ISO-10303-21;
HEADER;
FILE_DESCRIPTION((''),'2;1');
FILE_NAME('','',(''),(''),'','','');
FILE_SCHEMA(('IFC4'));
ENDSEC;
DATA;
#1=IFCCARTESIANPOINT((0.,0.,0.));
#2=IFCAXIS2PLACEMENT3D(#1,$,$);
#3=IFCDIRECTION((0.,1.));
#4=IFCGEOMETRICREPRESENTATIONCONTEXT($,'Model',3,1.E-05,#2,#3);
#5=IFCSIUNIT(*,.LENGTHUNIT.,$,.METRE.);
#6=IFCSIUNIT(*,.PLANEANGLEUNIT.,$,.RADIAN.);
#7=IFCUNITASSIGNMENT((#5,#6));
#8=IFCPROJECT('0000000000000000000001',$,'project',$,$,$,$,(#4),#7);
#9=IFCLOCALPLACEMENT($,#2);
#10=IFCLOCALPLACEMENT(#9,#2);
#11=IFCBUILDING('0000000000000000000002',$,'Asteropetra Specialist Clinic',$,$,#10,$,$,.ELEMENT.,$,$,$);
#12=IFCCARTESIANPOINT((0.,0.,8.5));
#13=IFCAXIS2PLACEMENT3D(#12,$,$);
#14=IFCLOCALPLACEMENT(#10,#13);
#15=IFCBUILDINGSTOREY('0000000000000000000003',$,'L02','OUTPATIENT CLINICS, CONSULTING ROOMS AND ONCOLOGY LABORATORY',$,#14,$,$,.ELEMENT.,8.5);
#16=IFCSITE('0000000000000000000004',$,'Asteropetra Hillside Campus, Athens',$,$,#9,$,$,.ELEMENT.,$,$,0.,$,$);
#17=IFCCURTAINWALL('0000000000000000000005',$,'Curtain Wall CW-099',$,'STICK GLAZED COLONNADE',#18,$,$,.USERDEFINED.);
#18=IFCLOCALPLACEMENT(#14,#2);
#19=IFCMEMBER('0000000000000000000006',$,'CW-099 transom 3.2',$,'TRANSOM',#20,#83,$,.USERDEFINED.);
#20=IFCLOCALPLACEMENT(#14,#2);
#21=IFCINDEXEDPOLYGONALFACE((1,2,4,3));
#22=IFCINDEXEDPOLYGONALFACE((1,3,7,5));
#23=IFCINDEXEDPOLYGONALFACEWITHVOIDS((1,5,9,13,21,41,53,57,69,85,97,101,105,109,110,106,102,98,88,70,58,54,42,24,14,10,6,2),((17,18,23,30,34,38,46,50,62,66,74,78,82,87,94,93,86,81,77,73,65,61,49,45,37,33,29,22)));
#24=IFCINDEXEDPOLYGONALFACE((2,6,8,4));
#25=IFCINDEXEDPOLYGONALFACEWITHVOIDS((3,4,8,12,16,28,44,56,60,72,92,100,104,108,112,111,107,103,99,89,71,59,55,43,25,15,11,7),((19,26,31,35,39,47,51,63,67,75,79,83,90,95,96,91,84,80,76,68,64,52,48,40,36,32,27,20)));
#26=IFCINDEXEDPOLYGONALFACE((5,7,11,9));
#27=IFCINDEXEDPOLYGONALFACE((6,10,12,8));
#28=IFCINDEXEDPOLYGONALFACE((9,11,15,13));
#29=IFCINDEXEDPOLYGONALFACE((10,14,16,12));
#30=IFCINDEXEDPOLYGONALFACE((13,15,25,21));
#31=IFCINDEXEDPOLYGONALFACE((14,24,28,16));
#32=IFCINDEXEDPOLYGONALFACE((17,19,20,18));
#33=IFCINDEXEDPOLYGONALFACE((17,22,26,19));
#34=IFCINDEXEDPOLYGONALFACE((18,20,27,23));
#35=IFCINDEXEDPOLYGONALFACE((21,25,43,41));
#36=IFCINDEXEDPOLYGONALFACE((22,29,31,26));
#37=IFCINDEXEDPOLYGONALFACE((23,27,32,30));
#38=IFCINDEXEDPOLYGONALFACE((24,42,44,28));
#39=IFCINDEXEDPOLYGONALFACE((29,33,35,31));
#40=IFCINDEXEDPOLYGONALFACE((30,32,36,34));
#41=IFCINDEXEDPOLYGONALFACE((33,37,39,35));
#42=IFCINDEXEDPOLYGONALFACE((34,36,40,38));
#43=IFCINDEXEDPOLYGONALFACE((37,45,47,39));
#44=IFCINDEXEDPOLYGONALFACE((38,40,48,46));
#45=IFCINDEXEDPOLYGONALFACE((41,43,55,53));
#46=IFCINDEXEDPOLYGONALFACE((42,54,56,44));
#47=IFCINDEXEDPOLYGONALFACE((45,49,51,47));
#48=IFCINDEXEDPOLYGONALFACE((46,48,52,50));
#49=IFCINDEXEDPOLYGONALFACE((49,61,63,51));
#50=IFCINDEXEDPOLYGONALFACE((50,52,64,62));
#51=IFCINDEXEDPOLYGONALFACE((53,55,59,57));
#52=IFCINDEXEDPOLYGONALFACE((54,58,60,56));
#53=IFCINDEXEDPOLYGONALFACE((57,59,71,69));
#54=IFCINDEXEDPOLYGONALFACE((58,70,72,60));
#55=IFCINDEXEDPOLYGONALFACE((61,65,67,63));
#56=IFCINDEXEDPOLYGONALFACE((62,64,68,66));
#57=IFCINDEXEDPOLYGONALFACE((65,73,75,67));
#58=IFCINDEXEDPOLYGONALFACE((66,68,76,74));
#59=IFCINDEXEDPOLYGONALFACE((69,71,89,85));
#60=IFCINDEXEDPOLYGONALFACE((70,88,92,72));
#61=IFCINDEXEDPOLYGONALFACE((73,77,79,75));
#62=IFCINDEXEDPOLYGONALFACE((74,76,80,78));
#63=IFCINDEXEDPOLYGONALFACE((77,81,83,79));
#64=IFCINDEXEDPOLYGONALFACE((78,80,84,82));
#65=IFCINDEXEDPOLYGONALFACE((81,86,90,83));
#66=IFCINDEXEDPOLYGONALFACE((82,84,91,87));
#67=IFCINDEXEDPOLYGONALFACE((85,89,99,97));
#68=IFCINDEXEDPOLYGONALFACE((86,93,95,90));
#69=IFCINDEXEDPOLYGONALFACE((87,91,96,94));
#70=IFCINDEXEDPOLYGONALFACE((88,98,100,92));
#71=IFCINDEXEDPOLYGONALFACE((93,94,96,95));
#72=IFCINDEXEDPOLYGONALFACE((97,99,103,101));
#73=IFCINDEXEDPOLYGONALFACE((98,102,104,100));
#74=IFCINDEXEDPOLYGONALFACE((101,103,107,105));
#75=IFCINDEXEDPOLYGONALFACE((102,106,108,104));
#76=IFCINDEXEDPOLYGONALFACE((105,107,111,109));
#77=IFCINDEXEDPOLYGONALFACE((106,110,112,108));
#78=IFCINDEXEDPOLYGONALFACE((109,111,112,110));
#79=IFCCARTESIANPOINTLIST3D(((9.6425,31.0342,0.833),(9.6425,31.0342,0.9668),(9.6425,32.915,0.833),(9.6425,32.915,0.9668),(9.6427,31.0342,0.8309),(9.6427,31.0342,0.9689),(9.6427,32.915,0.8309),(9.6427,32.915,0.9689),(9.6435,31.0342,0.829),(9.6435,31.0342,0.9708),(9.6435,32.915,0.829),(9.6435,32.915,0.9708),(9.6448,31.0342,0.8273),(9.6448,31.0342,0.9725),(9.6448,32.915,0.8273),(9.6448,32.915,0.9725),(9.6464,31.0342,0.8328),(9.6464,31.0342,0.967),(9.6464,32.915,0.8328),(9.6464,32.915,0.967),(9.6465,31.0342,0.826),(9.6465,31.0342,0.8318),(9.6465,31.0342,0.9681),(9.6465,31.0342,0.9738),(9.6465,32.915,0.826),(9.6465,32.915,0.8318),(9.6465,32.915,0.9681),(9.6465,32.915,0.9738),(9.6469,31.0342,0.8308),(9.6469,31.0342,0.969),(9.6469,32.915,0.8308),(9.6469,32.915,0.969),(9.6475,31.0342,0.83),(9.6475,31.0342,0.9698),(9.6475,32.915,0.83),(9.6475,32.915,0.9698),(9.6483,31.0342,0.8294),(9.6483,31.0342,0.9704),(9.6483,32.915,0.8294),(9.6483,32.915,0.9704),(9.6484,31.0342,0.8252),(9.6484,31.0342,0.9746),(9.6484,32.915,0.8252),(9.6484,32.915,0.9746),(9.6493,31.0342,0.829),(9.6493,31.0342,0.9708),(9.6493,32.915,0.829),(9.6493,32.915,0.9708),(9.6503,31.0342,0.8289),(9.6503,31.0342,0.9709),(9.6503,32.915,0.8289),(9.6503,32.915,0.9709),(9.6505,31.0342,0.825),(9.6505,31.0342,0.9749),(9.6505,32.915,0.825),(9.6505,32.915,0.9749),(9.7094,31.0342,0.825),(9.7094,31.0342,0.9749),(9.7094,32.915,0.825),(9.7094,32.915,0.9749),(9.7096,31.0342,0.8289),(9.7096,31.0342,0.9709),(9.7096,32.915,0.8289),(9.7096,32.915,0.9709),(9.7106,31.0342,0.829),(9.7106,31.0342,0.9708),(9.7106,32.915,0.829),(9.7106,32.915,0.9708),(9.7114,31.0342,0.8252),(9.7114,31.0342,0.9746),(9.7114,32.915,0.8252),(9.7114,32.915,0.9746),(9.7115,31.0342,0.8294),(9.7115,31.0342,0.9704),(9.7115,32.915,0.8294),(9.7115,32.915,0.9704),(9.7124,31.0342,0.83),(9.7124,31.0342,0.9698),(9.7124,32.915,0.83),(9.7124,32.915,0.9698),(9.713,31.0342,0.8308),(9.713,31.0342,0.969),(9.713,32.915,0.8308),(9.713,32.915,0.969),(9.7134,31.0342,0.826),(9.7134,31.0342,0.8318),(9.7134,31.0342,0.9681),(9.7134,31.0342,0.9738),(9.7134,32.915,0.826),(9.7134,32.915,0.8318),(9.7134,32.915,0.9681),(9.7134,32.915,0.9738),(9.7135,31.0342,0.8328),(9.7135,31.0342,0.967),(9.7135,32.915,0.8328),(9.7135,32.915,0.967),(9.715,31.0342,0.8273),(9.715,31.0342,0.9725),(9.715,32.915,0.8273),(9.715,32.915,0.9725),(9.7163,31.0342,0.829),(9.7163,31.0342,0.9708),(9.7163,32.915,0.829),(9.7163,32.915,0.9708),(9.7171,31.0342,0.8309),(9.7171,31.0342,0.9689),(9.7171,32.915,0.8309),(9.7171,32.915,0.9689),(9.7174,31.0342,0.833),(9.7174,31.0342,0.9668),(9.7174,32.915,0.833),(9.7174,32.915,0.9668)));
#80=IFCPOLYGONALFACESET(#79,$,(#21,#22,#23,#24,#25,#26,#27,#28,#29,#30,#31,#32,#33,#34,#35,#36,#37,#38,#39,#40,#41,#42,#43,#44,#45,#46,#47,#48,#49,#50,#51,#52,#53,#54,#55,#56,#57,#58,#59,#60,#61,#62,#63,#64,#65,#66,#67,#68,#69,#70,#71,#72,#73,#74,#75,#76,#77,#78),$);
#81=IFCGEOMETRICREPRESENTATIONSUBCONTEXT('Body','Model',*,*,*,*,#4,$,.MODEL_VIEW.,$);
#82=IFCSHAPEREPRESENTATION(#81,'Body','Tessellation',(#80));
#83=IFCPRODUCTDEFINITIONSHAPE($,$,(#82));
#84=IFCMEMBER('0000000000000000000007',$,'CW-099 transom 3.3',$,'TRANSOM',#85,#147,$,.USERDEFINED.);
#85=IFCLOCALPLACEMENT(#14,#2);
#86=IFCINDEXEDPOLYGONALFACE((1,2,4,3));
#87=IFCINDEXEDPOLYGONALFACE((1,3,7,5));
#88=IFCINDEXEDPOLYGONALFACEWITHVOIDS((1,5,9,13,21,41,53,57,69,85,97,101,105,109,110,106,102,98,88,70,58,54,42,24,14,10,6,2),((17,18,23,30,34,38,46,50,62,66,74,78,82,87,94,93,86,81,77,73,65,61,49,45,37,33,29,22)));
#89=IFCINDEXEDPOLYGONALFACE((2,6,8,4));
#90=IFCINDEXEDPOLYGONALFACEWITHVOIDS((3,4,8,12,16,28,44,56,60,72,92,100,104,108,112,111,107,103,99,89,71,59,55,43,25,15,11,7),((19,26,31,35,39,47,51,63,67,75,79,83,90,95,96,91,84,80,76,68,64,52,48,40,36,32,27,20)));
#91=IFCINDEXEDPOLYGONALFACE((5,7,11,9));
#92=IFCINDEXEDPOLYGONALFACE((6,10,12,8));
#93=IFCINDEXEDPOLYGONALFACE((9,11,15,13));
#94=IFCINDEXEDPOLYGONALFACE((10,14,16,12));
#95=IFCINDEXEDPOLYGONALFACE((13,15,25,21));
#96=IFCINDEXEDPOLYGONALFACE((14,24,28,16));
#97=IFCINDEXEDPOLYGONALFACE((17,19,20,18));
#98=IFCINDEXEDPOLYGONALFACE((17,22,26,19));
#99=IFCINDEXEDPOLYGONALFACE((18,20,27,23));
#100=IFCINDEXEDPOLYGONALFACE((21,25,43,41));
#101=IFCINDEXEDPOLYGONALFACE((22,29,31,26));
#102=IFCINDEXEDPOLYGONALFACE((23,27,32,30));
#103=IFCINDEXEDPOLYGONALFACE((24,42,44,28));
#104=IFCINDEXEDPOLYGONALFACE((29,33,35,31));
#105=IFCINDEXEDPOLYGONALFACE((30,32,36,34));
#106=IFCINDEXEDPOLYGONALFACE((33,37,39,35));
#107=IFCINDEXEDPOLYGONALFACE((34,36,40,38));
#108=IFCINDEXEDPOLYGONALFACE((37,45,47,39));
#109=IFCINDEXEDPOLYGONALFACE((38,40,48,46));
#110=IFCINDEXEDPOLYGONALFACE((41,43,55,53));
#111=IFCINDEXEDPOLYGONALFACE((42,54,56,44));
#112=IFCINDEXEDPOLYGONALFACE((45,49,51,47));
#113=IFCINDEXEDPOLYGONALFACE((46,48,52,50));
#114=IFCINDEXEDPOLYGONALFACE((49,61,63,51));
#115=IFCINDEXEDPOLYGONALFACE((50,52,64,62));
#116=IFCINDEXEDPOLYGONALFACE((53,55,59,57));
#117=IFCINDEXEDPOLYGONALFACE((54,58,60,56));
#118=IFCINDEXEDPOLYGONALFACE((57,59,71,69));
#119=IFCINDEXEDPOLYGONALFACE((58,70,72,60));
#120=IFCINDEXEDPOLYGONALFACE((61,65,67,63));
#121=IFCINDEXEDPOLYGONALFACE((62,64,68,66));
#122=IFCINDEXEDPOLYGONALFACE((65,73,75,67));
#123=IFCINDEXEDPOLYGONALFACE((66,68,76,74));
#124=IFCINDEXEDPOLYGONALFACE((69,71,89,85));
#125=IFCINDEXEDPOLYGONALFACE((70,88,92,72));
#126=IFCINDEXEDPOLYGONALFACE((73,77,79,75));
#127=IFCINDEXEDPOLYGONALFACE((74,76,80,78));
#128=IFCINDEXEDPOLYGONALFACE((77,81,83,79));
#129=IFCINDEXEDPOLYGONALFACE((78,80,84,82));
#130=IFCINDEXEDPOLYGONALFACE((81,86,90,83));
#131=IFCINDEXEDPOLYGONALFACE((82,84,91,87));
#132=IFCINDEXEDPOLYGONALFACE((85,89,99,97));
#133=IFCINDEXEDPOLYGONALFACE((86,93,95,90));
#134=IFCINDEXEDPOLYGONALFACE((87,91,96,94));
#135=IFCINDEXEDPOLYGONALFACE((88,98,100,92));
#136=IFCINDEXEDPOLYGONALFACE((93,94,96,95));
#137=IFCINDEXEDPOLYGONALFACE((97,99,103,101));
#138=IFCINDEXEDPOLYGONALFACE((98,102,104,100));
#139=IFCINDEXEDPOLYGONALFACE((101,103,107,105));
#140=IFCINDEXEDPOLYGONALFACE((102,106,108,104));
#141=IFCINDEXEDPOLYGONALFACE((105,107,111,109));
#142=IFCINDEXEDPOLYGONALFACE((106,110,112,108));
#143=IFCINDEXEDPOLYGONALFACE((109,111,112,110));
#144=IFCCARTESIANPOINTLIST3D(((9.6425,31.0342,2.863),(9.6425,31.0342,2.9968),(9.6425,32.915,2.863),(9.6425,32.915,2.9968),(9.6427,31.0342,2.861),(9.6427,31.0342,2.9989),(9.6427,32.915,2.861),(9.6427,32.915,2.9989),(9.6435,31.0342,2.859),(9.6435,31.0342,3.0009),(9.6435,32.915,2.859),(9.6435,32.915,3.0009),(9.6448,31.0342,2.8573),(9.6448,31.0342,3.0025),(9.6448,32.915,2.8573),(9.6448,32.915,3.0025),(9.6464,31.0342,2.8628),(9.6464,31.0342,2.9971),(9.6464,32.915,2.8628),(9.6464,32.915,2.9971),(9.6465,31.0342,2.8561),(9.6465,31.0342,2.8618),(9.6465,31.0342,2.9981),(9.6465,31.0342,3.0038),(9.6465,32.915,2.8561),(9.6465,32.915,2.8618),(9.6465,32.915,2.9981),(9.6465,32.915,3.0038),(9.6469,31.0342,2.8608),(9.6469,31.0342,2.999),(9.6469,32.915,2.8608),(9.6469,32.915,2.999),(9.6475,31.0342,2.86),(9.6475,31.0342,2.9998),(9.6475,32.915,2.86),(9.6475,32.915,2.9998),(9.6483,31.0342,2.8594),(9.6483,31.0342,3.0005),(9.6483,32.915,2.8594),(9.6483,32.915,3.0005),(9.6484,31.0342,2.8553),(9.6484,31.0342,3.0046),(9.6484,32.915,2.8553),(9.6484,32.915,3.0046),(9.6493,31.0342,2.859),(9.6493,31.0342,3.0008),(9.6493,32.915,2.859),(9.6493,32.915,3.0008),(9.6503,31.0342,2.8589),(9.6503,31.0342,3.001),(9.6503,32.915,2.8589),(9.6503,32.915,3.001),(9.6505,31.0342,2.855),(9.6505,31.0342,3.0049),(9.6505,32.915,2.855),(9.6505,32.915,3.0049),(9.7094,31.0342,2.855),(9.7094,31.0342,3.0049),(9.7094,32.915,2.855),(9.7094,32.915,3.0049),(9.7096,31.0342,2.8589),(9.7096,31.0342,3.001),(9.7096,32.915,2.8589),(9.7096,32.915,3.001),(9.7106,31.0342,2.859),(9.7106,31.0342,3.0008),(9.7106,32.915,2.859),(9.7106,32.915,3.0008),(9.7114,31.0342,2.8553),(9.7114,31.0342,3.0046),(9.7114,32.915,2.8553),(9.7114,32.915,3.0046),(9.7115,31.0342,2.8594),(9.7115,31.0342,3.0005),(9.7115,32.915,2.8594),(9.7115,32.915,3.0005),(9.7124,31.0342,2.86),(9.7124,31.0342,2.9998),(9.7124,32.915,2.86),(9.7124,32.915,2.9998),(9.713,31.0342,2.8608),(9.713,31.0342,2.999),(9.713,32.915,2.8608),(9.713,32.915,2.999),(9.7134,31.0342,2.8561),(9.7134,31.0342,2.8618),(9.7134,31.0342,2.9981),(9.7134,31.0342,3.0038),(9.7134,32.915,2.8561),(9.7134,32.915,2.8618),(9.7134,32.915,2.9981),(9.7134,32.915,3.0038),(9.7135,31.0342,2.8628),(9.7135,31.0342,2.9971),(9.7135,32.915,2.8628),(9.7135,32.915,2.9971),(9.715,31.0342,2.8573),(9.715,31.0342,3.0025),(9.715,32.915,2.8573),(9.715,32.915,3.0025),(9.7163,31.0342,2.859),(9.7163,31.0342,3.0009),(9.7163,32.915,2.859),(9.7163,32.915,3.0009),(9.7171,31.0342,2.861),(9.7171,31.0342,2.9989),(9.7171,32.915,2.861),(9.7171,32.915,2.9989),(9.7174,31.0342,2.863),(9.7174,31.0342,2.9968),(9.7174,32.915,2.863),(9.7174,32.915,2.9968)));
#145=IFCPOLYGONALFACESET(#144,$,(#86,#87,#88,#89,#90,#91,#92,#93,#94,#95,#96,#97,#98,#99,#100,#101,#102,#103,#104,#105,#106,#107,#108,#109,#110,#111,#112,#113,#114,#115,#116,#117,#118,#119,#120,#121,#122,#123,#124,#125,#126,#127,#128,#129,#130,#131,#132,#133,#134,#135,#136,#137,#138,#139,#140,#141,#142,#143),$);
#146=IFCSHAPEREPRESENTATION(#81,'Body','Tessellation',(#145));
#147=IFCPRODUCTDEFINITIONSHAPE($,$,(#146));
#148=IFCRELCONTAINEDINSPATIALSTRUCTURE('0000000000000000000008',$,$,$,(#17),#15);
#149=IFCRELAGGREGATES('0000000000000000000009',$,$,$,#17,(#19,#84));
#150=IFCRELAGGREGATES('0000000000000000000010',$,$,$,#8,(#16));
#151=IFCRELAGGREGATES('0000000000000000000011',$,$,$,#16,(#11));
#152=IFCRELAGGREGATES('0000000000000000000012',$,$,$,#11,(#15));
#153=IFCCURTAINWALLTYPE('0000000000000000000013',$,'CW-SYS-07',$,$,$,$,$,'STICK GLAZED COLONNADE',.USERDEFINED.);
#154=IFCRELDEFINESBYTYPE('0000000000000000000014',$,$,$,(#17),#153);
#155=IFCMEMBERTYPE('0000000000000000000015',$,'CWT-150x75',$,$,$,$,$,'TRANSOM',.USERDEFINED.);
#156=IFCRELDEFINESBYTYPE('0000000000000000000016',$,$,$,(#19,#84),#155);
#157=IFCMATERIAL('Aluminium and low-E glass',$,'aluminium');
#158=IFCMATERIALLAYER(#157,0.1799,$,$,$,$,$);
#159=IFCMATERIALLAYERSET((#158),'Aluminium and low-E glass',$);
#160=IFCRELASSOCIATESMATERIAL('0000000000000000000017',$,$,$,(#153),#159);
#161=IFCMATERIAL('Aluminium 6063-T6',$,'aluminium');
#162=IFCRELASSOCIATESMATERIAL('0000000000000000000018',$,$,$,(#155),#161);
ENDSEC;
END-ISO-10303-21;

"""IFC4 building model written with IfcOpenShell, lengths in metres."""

from ifc_helpers import new_model, si_unit, direction, frame, origin, origin_2d, place, context, subcontext, project, spatial, hollow_rectangle, extrude, material, layer, layer_set, material_profile, profile_set, type_object, element, aggregate, save


model = new_model("IFC4")

# Units and contexts
model_context = context("Model", 3, precision=1e-05, world=origin(), true_north=direction((0.0, 1.0)))
body_context = subcontext(model_context, "Body", "Model", "MODEL_VIEW")
ifc_project = project(units=[si_unit("LENGTHUNIT", "METRE"), si_unit("PLANEANGLEUNIT", "RADIAN")], contexts=[model_context])

# Site, building, storey
site_placement = place(None, origin())
site = spatial("IfcSite", under=ifc_project, at=site_placement, Name="Asteropetra Hillside Campus, Athens", CompositionType="ELEMENT", RefElevation=0.0)
building_placement = place(site_placement, origin())
building = spatial("IfcBuilding", under=site, at=building_placement, Name="Asteropetra Specialist Clinic", CompositionType="ELEMENT")
storey_placement = place(building_placement, frame((0.0, 0.0, 8.5)))
storey = spatial("IfcBuildingStorey", under=building, at=storey_placement, Name="L02", Description="OUTPATIENT CLINICS, CONSULTING ROOMS AND ONCOLOGY LABORATORY", CompositionType="ELEMENT", Elevation=8.5)

# Curtain wall, members
ifc_material_1 = material(Name="Aluminium and low-E glass", Category="aluminium")
ifc_layer_1 = layer(ifc_material_1, 0.1799)
ifc_layer_set_1 = layer_set([ifc_layer_1], Name="Aluminium and low-E glass")
curtain_wall_type = type_object("IfcCurtainWallType", Name="CW-SYS-07", ElementType="STICK GLAZED COLONNADE", PredefinedType="USERDEFINED", material=ifc_layer_set_1)
curtain_wall_placement = place(storey_placement, origin())
curtain_wall = element("IfcCurtainWall", 1, at=curtain_wall_placement, inside=storey, type_object=curtain_wall_type, Name="Curtain Wall CW-099", ObjectType="STICK GLAZED COLONNADE", PredefinedType="USERDEFINED")
ifc_material_2 = material(Name="Aluminium 6063-T6", Category="aluminium")
ifc_material_profile_1 = material_profile(ifc_material_2, hollow_rectangle(XDim=0.075, YDim=0.1499, WallThickness=0.0039, InnerFilletRadius=0.0039, OuterFilletRadius=0.0081, at=origin_2d()), Name="TRN 150x75x4.0")
ifc_profile_set_1 = profile_set([ifc_material_profile_1], Name="Aluminium 6063-T6")
member_type_1 = type_object("IfcMemberType", Name="CWT-150x75", ElementType="TRANSOM", PredefinedType="USERDEFINED", material=ifc_profile_set_1)
member_1_placement = place(storey_placement, frame((9.6799, 31.0342, 0.8999), z_axis=(0.0, 1.0, 0.0), x_axis=(-1.0, 0.0, 0.0)))
member_1 = element("IfcMember", 2, at=member_1_placement, type_object=member_type_1, Name="CW-099 transom 3.2", ObjectType="TRANSOM", PredefinedType="USERDEFINED", context=body_context, shape_type="SweptSolid", body=[
    extrude(hollow_rectangle(XDim=0.075, YDim=0.1499, WallThickness=0.0039, InnerFilletRadius=0.0039, OuterFilletRadius=0.0081, at=origin_2d()), origin(), (0.0, 0.0, 1.0), 1.8809),
])
member_2_placement = place(storey_placement, frame((9.6799, 31.0342, 2.9299), z_axis=(0.0, 1.0, 0.0), x_axis=(-1.0, 0.0, 0.0)))
member_2 = element("IfcMember", 3, at=member_2_placement, type_object=member_type_1, Name="CW-099 transom 3.3", ObjectType="TRANSOM", PredefinedType="USERDEFINED", context=body_context, shape_type="SweptSolid", body=[
    extrude(hollow_rectangle(XDim=0.075, YDim=0.1499, WallThickness=0.0039, InnerFilletRadius=0.0039, OuterFilletRadius=0.0081, at=origin_2d()), origin(), (0.0, 0.0, 1.0), 1.8809),
])

aggregate(curtain_wall, [member_1, member_2])

save(model, "model.ifc")
